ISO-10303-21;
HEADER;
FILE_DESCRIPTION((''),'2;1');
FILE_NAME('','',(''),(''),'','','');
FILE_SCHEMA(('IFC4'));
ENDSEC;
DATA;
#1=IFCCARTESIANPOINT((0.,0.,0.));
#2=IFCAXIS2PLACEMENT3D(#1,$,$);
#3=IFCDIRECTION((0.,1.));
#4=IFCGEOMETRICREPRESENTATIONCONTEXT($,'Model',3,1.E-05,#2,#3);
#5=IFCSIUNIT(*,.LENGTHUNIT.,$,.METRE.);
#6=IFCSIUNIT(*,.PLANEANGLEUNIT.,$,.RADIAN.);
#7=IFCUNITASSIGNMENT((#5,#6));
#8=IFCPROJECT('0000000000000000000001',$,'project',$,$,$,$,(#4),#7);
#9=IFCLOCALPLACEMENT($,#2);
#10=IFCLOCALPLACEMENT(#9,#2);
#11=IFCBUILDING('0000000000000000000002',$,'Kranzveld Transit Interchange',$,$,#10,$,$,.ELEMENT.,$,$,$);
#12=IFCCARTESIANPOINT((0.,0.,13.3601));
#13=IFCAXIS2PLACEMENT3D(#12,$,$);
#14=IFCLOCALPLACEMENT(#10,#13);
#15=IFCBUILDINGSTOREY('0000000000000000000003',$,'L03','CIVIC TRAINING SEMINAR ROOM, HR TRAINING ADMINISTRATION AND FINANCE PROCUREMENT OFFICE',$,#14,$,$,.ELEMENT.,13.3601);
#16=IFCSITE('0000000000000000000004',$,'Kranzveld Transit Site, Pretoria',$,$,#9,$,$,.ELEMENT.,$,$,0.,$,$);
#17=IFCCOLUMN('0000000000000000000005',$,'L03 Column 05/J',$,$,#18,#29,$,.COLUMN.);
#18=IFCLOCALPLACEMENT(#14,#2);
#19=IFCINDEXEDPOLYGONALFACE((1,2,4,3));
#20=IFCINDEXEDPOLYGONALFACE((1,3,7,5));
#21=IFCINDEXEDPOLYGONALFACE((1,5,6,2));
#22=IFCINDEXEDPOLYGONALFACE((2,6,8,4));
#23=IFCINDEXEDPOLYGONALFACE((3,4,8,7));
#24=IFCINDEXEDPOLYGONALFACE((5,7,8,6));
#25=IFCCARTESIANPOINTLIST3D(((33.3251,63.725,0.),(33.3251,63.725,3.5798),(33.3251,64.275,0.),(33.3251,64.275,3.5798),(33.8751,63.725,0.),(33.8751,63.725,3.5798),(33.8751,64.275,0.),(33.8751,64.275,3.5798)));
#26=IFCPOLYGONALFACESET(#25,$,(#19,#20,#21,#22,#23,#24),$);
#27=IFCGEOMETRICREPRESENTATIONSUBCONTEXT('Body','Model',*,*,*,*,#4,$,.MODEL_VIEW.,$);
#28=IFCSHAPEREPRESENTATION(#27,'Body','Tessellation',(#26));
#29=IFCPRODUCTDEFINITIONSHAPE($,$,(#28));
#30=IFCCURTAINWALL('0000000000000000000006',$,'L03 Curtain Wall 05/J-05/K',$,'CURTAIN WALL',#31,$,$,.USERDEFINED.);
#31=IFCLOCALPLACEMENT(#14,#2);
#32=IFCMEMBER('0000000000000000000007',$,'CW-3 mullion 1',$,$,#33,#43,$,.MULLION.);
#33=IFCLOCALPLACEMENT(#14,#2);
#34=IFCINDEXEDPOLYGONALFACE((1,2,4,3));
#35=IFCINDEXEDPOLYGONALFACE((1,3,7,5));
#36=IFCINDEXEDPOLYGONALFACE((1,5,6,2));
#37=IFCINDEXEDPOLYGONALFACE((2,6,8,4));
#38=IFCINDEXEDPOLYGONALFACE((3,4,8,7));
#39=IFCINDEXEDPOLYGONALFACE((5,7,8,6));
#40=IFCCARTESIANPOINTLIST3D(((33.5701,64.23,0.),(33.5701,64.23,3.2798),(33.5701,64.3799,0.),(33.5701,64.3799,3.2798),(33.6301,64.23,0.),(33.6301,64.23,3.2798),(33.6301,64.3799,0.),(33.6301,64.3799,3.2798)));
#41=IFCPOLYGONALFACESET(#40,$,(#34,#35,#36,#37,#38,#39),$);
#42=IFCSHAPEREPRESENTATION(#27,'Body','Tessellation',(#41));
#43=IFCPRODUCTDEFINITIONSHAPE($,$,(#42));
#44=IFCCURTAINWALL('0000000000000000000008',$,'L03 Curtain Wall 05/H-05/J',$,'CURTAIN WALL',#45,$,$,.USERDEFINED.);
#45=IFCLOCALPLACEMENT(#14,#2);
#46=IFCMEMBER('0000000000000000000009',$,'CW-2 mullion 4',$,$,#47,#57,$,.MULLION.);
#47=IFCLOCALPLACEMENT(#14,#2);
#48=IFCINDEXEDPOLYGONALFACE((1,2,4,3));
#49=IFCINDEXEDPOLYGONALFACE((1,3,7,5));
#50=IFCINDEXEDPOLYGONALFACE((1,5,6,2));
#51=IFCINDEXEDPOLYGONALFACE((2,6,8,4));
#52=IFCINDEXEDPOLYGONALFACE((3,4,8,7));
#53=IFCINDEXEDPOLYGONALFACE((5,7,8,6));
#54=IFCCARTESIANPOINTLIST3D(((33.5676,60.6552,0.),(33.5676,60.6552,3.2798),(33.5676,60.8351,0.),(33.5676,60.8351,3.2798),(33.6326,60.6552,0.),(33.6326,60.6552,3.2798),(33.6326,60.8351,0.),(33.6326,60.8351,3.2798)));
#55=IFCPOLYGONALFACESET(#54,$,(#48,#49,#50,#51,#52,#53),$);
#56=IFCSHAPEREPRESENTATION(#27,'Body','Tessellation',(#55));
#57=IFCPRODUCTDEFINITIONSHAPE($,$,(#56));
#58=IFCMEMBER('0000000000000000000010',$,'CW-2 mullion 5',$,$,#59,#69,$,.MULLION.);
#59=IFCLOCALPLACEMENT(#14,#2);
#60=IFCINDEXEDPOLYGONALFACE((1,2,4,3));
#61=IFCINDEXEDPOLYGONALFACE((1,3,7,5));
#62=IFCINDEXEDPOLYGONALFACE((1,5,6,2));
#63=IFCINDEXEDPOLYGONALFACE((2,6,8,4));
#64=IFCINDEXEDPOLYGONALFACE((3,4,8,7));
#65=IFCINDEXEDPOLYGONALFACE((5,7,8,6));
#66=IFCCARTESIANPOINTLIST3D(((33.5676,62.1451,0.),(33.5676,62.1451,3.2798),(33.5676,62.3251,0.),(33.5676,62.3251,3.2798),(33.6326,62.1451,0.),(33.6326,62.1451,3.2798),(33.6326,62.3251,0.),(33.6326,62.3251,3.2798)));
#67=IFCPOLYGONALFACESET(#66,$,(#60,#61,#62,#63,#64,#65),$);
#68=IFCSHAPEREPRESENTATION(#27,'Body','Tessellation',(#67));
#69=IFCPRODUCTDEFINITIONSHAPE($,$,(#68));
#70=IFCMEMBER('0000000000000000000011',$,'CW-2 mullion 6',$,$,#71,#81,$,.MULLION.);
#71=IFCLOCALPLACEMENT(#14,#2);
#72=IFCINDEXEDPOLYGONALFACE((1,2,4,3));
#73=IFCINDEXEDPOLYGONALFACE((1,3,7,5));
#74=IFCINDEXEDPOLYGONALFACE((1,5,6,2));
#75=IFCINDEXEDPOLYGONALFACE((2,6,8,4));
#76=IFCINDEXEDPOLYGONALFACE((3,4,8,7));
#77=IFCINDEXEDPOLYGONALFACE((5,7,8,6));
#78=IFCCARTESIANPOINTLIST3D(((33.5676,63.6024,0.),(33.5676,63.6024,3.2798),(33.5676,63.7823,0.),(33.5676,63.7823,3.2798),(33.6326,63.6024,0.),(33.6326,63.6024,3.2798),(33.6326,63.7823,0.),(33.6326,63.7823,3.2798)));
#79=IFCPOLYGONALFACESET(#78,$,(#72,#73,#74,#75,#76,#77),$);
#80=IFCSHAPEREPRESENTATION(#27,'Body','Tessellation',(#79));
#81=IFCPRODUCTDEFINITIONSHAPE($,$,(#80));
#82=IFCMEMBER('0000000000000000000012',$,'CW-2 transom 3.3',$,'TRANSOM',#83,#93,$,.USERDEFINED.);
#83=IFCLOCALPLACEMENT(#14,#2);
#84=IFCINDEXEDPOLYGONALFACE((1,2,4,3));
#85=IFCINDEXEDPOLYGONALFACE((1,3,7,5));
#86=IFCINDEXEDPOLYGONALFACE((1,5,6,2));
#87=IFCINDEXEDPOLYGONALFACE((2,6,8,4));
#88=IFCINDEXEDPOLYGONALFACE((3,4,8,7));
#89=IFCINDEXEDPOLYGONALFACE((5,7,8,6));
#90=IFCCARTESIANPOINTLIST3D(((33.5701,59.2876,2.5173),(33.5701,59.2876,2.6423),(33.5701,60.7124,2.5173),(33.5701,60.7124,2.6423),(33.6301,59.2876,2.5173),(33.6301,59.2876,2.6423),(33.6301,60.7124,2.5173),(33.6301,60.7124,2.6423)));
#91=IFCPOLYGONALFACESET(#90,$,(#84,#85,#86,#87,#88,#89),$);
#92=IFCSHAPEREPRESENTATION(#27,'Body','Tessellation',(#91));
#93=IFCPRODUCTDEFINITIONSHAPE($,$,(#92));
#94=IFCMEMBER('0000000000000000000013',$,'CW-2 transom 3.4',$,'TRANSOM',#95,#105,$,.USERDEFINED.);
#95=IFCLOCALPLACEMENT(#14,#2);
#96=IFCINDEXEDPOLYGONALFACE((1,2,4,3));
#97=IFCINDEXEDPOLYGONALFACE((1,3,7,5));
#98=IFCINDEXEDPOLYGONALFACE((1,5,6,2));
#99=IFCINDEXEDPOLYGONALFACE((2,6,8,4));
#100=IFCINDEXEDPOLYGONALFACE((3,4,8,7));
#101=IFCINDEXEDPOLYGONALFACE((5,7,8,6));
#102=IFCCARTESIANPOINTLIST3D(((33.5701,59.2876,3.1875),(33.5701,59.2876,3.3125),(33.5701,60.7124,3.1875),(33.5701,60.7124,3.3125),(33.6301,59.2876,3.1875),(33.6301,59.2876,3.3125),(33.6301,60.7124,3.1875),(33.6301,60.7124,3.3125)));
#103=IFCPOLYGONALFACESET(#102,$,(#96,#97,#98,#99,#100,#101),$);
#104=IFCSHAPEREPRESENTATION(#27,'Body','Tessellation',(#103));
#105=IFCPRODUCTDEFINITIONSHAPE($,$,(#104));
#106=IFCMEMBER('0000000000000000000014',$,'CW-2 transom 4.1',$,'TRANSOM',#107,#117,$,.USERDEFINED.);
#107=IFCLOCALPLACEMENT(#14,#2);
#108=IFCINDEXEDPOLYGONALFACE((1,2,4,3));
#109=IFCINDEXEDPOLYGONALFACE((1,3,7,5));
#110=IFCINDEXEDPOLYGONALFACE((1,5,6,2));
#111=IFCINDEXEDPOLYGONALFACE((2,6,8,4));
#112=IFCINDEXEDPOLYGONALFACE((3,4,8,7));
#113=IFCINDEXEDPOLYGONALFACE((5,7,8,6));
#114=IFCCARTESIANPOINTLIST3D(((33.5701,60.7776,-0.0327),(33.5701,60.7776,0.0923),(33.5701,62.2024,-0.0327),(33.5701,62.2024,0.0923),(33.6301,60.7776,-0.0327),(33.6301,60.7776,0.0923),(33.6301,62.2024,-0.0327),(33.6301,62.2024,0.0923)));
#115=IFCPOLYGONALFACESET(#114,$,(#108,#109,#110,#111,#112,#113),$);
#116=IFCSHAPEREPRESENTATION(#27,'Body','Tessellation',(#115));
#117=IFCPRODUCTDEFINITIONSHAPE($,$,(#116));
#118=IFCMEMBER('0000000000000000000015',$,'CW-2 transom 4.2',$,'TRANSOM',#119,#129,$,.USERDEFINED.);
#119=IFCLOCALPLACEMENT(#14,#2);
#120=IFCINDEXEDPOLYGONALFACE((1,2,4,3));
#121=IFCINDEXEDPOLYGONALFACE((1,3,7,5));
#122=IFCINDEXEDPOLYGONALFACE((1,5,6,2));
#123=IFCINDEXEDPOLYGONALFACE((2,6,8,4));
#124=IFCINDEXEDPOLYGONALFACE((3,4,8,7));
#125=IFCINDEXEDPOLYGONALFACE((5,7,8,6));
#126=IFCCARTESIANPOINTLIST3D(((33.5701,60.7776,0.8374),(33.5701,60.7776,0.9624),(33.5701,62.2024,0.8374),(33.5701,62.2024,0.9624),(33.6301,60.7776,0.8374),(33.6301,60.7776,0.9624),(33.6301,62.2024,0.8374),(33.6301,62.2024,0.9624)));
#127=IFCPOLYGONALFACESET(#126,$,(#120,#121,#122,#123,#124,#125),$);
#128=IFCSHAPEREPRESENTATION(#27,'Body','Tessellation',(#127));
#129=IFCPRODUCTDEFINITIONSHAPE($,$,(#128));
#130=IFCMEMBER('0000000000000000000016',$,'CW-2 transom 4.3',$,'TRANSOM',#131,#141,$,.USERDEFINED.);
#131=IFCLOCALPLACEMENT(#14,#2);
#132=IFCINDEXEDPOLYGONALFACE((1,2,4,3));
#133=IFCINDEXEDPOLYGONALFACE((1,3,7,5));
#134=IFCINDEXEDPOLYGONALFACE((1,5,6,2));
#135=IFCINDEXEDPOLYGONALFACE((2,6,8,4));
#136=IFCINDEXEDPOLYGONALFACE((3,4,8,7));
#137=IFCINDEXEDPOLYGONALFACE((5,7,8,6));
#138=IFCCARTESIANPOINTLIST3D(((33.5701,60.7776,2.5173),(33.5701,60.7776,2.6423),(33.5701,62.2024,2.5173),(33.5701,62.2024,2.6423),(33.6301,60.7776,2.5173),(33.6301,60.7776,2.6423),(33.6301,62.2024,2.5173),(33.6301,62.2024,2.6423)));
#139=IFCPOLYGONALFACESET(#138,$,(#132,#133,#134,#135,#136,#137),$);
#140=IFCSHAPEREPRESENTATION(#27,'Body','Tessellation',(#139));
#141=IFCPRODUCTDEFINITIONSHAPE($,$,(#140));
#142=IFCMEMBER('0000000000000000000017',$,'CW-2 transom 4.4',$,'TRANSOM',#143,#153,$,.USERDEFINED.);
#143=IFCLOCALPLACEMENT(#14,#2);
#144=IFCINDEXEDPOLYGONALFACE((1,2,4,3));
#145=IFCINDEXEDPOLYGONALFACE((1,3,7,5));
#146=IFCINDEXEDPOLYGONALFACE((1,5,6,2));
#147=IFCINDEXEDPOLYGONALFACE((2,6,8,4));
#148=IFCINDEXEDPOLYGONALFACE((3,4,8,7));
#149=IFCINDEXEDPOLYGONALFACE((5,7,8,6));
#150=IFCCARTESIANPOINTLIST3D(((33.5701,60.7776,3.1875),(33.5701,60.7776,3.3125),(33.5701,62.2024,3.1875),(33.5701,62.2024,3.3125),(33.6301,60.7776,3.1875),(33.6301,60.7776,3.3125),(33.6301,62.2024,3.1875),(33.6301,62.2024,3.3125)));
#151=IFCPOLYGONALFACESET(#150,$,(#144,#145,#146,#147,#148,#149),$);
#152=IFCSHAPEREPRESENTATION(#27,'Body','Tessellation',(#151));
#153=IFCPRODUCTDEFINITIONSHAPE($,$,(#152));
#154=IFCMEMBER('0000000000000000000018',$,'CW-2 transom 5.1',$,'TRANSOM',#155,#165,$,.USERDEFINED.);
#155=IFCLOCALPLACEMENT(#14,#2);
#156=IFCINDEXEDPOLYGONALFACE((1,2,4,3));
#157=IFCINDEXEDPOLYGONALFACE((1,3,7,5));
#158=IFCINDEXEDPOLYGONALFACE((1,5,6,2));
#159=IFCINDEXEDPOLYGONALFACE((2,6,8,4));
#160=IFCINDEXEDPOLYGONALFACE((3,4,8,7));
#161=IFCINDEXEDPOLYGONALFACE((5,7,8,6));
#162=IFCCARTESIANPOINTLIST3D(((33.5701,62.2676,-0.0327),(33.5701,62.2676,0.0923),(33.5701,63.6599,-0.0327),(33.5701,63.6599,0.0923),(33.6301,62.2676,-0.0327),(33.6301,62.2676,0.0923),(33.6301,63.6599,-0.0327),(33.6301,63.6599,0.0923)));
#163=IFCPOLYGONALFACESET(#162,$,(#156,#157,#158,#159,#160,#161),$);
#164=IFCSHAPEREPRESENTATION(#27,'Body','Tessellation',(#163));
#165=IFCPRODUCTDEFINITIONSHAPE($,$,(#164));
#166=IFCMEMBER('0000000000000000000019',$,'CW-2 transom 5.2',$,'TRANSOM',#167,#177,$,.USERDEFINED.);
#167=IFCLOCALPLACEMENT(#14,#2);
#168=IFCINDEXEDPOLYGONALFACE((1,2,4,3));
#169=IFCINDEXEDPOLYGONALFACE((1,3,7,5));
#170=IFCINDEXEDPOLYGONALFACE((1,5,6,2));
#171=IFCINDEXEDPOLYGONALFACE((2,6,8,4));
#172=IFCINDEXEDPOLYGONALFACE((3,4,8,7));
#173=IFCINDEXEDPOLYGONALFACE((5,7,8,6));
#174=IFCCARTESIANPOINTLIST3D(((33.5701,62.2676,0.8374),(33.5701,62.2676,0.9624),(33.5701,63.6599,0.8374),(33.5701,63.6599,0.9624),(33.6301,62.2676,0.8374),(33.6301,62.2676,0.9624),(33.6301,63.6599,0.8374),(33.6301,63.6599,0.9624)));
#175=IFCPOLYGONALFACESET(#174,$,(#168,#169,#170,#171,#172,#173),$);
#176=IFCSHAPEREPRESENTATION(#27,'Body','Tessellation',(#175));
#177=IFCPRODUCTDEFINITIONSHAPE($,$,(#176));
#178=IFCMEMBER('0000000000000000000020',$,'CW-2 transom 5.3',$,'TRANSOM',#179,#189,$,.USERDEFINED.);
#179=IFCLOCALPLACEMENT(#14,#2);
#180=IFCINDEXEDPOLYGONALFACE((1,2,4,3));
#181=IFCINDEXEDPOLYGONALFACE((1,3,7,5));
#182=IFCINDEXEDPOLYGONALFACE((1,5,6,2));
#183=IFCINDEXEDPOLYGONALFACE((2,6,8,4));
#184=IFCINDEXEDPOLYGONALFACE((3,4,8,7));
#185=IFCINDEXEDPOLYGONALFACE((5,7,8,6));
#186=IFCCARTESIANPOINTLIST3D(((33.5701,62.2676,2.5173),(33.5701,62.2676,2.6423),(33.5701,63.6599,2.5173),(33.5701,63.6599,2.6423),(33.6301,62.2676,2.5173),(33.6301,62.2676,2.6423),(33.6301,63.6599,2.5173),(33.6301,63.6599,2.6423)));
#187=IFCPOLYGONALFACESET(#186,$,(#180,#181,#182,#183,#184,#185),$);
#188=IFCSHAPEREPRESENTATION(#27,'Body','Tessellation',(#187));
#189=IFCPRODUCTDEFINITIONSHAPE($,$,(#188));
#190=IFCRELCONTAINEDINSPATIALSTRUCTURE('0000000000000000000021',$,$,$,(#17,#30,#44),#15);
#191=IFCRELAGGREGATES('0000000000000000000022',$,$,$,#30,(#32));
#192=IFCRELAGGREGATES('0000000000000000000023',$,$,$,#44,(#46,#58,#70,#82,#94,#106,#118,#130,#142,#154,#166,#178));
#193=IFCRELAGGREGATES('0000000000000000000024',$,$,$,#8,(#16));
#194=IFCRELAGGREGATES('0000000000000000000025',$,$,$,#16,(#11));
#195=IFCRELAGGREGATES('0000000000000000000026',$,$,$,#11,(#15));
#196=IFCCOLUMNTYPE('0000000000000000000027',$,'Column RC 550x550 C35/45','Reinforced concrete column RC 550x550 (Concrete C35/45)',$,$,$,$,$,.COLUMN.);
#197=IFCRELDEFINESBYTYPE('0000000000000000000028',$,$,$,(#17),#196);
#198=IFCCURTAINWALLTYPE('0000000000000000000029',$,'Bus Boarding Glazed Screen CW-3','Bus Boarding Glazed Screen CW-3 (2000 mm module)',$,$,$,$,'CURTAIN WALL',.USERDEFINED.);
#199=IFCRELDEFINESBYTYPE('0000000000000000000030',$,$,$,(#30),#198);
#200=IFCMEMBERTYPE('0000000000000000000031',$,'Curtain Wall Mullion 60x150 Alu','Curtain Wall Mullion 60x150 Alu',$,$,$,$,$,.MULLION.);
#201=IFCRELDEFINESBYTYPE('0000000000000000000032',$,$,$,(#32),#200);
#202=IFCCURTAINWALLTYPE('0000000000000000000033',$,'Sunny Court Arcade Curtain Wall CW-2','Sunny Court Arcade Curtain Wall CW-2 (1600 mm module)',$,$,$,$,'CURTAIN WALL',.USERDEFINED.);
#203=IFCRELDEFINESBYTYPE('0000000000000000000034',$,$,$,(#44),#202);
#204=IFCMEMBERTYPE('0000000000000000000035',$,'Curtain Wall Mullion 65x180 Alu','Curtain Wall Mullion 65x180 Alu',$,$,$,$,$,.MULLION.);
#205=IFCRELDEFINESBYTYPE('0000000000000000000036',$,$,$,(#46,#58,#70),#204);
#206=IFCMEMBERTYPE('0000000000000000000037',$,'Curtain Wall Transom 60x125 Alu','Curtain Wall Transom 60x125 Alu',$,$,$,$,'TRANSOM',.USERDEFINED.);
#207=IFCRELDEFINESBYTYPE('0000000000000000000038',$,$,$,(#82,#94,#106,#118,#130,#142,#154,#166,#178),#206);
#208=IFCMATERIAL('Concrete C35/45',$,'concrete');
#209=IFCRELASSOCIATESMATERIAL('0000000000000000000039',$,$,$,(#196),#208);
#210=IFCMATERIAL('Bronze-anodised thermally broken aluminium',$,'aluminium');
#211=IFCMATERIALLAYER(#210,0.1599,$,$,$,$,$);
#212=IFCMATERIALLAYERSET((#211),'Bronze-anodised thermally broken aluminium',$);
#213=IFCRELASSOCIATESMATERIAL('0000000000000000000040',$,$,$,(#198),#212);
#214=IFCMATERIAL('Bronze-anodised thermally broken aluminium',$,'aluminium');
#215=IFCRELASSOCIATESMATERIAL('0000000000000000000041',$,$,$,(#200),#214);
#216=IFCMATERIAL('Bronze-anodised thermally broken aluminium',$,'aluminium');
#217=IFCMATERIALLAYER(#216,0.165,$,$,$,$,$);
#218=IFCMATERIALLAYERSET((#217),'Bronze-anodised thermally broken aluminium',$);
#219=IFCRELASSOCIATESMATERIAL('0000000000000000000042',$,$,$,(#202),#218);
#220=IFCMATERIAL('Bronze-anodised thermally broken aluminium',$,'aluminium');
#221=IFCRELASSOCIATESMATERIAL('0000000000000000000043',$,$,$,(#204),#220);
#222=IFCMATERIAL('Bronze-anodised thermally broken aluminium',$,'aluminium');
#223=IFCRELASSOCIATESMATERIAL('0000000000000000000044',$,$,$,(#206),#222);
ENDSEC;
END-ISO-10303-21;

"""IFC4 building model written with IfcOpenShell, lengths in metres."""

from ifc_helpers import new_model, si_unit, direction, frame, origin, origin_2d, place, context, subcontext, project, spatial, rectangle, extrude, material, layer, layer_set, material_profile, profile_set, type_object, element, aggregate, save


model = new_model("IFC4")

# Units and contexts
model_context = context("Model", 3, precision=1e-05, world=origin(), true_north=direction((0.0, 1.0)))
body_context = subcontext(model_context, "Body", "Model", "MODEL_VIEW")
ifc_project = project(units=[si_unit("LENGTHUNIT", "METRE"), si_unit("PLANEANGLEUNIT", "RADIAN")], contexts=[model_context])

# Site, building, storey
site_placement = place(None, origin())
site = spatial("IfcSite", under=ifc_project, at=site_placement, Name="Kranzveld Transit Site, Pretoria", CompositionType="ELEMENT", RefElevation=0.0)
building_placement = place(site_placement, origin())
building = spatial("IfcBuilding", under=site, at=building_placement, Name="Kranzveld Transit Interchange", CompositionType="ELEMENT")
storey_placement = place(building_placement, frame((0.0, 0.0, 13.3601)))
storey = spatial("IfcBuildingStorey", under=building, at=storey_placement, Name="L03", Description="CIVIC TRAINING SEMINAR ROOM, HR TRAINING ADMINISTRATION AND FINANCE PROCUREMENT OFFICE", CompositionType="ELEMENT", Elevation=13.3601)

# Column
ifc_material_1 = material(Name="Concrete C35/45", Category="concrete")
ifc_material_profile_1 = material_profile(ifc_material_1, rectangle(XDim=0.55, YDim=0.55, at=origin_2d()), Name="RC 550x550")
ifc_profile_set_1 = profile_set([ifc_material_profile_1], Name="Concrete C35/45")
column_type = type_object("IfcColumnType", Name="Column RC 550x550 C35/45", Description="Reinforced concrete column RC 550x550 (Concrete C35/45)", PredefinedType="COLUMN", material=ifc_profile_set_1)
column_placement = place(storey_placement, frame((33.6001, 64.0, 0.0), z_axis=(0.0, 0.0, 1.0), x_axis=(1.0, 0.0, 0.0)))
element("IfcColumn", 1, at=column_placement, inside=storey, type_object=column_type, Name="L03 Column 05/J", PredefinedType="COLUMN", context=body_context, shape_type="SweptSolid", body=[
    extrude(rectangle(XDim=0.55, YDim=0.55, at=origin_2d()), origin(), (0.0, 0.0, 1.0), 3.5798),
])

# Curtain wall, member
ifc_material_2 = material(Name="Bronze-anodised thermally broken aluminium", Category="aluminium")
ifc_layer_1 = layer(ifc_material_2, 0.1599)
ifc_layer_set_1 = layer_set([ifc_layer_1], Name="Bronze-anodised thermally broken aluminium")
curtain_wall_type_1 = type_object("IfcCurtainWallType", Name="Bus Boarding Glazed Screen CW-3", Description="Bus Boarding Glazed Screen CW-3 (2000 mm module)", ElementType="CURTAIN WALL", PredefinedType="USERDEFINED", material=ifc_layer_set_1)
curtain_wall_1_placement = place(storey_placement, origin())
curtain_wall_1 = element("IfcCurtainWall", 2, at=curtain_wall_1_placement, inside=storey, type_object=curtain_wall_type_1, Name="L03 Curtain Wall 05/J-05/K", ObjectType="CURTAIN WALL", PredefinedType="USERDEFINED")
ifc_material_3 = material(Name="Bronze-anodised thermally broken aluminium", Category="aluminium")
ifc_material_profile_2 = material_profile(ifc_material_3, rectangle(XDim=0.0601, YDim=0.1499, at=origin_2d()), Name="ALU MULLION 60x150")
ifc_profile_set_2 = profile_set([ifc_material_profile_2], Name="Bronze-anodised thermally broken aluminium")
member_type_1 = type_object("IfcMemberType", Name="Curtain Wall Mullion 60x150 Alu", Description="Curtain Wall Mullion 60x150 Alu", PredefinedType="MULLION", material=ifc_profile_set_2)
member_1_placement = place(storey_placement, frame((33.6001, 64.3049, 0.0), z_axis=(0.0, 0.0, 1.0), x_axis=(-1.0, 0.0, 0.0)))
member_1 = element("IfcMember", 3, at=member_1_placement, type_object=member_type_1, Name="CW-3 mullion 1", PredefinedType="MULLION", context=body_context, shape_type="SweptSolid", body=[
    extrude(rectangle(XDim=0.0601, YDim=0.1499, at=origin_2d()), origin(), (0.0, 0.0, 1.0), 3.2798),
])

# Curtain wall, members
ifc_material_4 = material(Name="Bronze-anodised thermally broken aluminium", Category="aluminium")
ifc_layer_2 = layer(ifc_material_4, 0.165)
ifc_layer_set_2 = layer_set([ifc_layer_2], Name="Bronze-anodised thermally broken aluminium")
curtain_wall_type_2 = type_object("IfcCurtainWallType", Name="Sunny Court Arcade Curtain Wall CW-2", Description="Sunny Court Arcade Curtain Wall CW-2 (1600 mm module)", ElementType="CURTAIN WALL", PredefinedType="USERDEFINED", material=ifc_layer_set_2)
curtain_wall_2_placement = place(storey_placement, origin())
curtain_wall_2 = element("IfcCurtainWall", 4, at=curtain_wall_2_placement, inside=storey, type_object=curtain_wall_type_2, Name="L03 Curtain Wall 05/H-05/J", ObjectType="CURTAIN WALL", PredefinedType="USERDEFINED")
ifc_material_5 = material(Name="Bronze-anodised thermally broken aluminium", Category="aluminium")
ifc_material_profile_3 = material_profile(ifc_material_5, rectangle(XDim=0.0649, YDim=0.1799, at=origin_2d()), Name="ALU MULLION 65x180")
ifc_profile_set_3 = profile_set([ifc_material_profile_3], Name="Bronze-anodised thermally broken aluminium")
member_type_2 = type_object("IfcMemberType", Name="Curtain Wall Mullion 65x180 Alu", Description="Curtain Wall Mullion 65x180 Alu", PredefinedType="MULLION", material=ifc_profile_set_3)
member_2_placement = place(storey_placement, frame((33.6001, 60.7451, 0.0), z_axis=(0.0, 0.0, 1.0), x_axis=(-1.0, 0.0, 0.0)))
member_2 = element("IfcMember", 5, at=member_2_placement, type_object=member_type_2, Name="CW-2 mullion 4", PredefinedType="MULLION", context=body_context, shape_type="SweptSolid", body=[
    extrude(rectangle(XDim=0.0649, YDim=0.1799, at=origin_2d()), origin(), (0.0, 0.0, 1.0), 3.2798),
])
member_3_placement = place(storey_placement, frame((33.6001, 62.2351, 0.0), z_axis=(0.0, 0.0, 1.0), x_axis=(-1.0, 0.0, 0.0)))
member_3 = element("IfcMember", 6, at=member_3_placement, type_object=member_type_2, Name="CW-2 mullion 5", PredefinedType="MULLION", context=body_context, shape_type="SweptSolid", body=[
    extrude(rectangle(XDim=0.0649, YDim=0.1799, at=origin_2d()), origin(), (0.0, 0.0, 1.0), 3.2798),
])
member_4_placement = place(storey_placement, frame((33.6001, 63.6924, 0.0), z_axis=(0.0, 0.0, 1.0), x_axis=(-1.0, 0.0, 0.0)))
member_4 = element("IfcMember", 7, at=member_4_placement, type_object=member_type_2, Name="CW-2 mullion 6", PredefinedType="MULLION", context=body_context, shape_type="SweptSolid", body=[
    extrude(rectangle(XDim=0.0649, YDim=0.1799, at=origin_2d()), origin(), (0.0, 0.0, 1.0), 3.2798),
])
ifc_material_6 = material(Name="Bronze-anodised thermally broken aluminium", Category="aluminium")
ifc_material_profile_4 = material_profile(ifc_material_6, rectangle(XDim=0.0601, YDim=0.125, at=origin_2d()), Name="ALU TRANSOM 60x125")
ifc_profile_set_4 = profile_set([ifc_material_profile_4], Name="Bronze-anodised thermally broken aluminium")
member_type_3 = type_object("IfcMemberType", Name="Curtain Wall Transom 60x125 Alu", Description="Curtain Wall Transom 60x125 Alu", ElementType="TRANSOM", PredefinedType="USERDEFINED", material=ifc_profile_set_4)
member_5_placement = place(storey_placement, frame((33.6001, 59.2876, 2.5798), z_axis=(0.0, 1.0, 0.0), x_axis=(-1.0, 0.0, 0.0)))
member_5 = element("IfcMember", 8, at=member_5_placement, type_object=member_type_3, Name="CW-2 transom 3.3", ObjectType="TRANSOM", PredefinedType="USERDEFINED", context=body_context, shape_type="SweptSolid", body=[
    extrude(rectangle(XDim=0.0601, YDim=0.125, at=origin_2d()), origin(), (0.0, 0.0, 1.0), 1.4248),
])
member_6_placement = place(storey_placement, frame((33.6001, 59.2876, 3.25), z_axis=(0.0, 1.0, 0.0), x_axis=(-1.0, 0.0, 0.0)))
member_6 = element("IfcMember", 9, at=member_6_placement, type_object=member_type_3, Name="CW-2 transom 3.4", ObjectType="TRANSOM", PredefinedType="USERDEFINED", context=body_context, shape_type="SweptSolid", body=[
    extrude(rectangle(XDim=0.0601, YDim=0.125, at=origin_2d()), origin(), (0.0, 0.0, 1.0), 1.4248),
])
member_7_placement = place(storey_placement, frame((33.6001, 60.7776, 0.0298), z_axis=(0.0, 1.0, 0.0), x_axis=(-1.0, 0.0, 0.0)))
member_7 = element("IfcMember", 10, at=member_7_placement, type_object=member_type_3, Name="CW-2 transom 4.1", ObjectType="TRANSOM", PredefinedType="USERDEFINED", context=body_context, shape_type="SweptSolid", body=[
    extrude(rectangle(XDim=0.0601, YDim=0.125, at=origin_2d()), origin(), (0.0, 0.0, 1.0), 1.4248),
])
member_8_placement = place(storey_placement, frame((33.6001, 60.7776, 0.8999), z_axis=(0.0, 1.0, 0.0), x_axis=(-1.0, 0.0, 0.0)))
member_8 = element("IfcMember", 11, at=member_8_placement, type_object=member_type_3, Name="CW-2 transom 4.2", ObjectType="TRANSOM", PredefinedType="USERDEFINED", context=body_context, shape_type="SweptSolid", body=[
    extrude(rectangle(XDim=0.0601, YDim=0.125, at=origin_2d()), origin(), (0.0, 0.0, 1.0), 1.4248),
])
member_9_placement = place(storey_placement, frame((33.6001, 60.7776, 2.5798), z_axis=(0.0, 1.0, 0.0), x_axis=(-1.0, 0.0, 0.0)))
member_9 = element("IfcMember", 12, at=member_9_placement, type_object=member_type_3, Name="CW-2 transom 4.3", ObjectType="TRANSOM", PredefinedType="USERDEFINED", context=body_context, shape_type="SweptSolid", body=[
    extrude(rectangle(XDim=0.0601, YDim=0.125, at=origin_2d()), origin(), (0.0, 0.0, 1.0), 1.4248),
])
member_10_placement = place(storey_placement, frame((33.6001, 60.7776, 3.25), z_axis=(0.0, 1.0, 0.0), x_axis=(-1.0, 0.0, 0.0)))
member_10 = element("IfcMember", 13, at=member_10_placement, type_object=member_type_3, Name="CW-2 transom 4.4", ObjectType="TRANSOM", PredefinedType="USERDEFINED", context=body_context, shape_type="SweptSolid", body=[
    extrude(rectangle(XDim=0.0601, YDim=0.125, at=origin_2d()), origin(), (0.0, 0.0, 1.0), 1.4248),
])
member_11_placement = place(storey_placement, frame((33.6001, 62.2676, 0.0298), z_axis=(0.0, 1.0, 0.0), x_axis=(-1.0, 0.0, 0.0)))
member_11 = element("IfcMember", 14, at=member_11_placement, type_object=member_type_3, Name="CW-2 transom 5.1", ObjectType="TRANSOM", PredefinedType="USERDEFINED", context=body_context, shape_type="SweptSolid", body=[
    extrude(rectangle(XDim=0.0601, YDim=0.125, at=origin_2d()), origin(), (0.0, 0.0, 1.0), 1.3923),
])
member_12_placement = place(storey_placement, frame((33.6001, 62.2676, 0.8999), z_axis=(0.0, 1.0, 0.0), x_axis=(-1.0, 0.0, 0.0)))
member_12 = element("IfcMember", 15, at=member_12_placement, type_object=member_type_3, Name="CW-2 transom 5.2", ObjectType="TRANSOM", PredefinedType="USERDEFINED", context=body_context, shape_type="SweptSolid", body=[
    extrude(rectangle(XDim=0.0601, YDim=0.125, at=origin_2d()), origin(), (0.0, 0.0, 1.0), 1.3923),
])
member_13_placement = place(storey_placement, frame((33.6001, 62.2676, 2.5798), z_axis=(0.0, 1.0, 0.0), x_axis=(-1.0, 0.0, 0.0)))
member_13 = element("IfcMember", 16, at=member_13_placement, type_object=member_type_3, Name="CW-2 transom 5.3", ObjectType="TRANSOM", PredefinedType="USERDEFINED", context=body_context, shape_type="SweptSolid", body=[
    extrude(rectangle(XDim=0.0601, YDim=0.125, at=origin_2d()), origin(), (0.0, 0.0, 1.0), 1.3923),
])

aggregate(curtain_wall_1, [member_1])

aggregate(curtain_wall_2, [member_2, member_3, member_4, member_5, member_6, member_7, member_8, member_9, member_10, member_11, member_12, member_13])

save(model, "model.ifc")
